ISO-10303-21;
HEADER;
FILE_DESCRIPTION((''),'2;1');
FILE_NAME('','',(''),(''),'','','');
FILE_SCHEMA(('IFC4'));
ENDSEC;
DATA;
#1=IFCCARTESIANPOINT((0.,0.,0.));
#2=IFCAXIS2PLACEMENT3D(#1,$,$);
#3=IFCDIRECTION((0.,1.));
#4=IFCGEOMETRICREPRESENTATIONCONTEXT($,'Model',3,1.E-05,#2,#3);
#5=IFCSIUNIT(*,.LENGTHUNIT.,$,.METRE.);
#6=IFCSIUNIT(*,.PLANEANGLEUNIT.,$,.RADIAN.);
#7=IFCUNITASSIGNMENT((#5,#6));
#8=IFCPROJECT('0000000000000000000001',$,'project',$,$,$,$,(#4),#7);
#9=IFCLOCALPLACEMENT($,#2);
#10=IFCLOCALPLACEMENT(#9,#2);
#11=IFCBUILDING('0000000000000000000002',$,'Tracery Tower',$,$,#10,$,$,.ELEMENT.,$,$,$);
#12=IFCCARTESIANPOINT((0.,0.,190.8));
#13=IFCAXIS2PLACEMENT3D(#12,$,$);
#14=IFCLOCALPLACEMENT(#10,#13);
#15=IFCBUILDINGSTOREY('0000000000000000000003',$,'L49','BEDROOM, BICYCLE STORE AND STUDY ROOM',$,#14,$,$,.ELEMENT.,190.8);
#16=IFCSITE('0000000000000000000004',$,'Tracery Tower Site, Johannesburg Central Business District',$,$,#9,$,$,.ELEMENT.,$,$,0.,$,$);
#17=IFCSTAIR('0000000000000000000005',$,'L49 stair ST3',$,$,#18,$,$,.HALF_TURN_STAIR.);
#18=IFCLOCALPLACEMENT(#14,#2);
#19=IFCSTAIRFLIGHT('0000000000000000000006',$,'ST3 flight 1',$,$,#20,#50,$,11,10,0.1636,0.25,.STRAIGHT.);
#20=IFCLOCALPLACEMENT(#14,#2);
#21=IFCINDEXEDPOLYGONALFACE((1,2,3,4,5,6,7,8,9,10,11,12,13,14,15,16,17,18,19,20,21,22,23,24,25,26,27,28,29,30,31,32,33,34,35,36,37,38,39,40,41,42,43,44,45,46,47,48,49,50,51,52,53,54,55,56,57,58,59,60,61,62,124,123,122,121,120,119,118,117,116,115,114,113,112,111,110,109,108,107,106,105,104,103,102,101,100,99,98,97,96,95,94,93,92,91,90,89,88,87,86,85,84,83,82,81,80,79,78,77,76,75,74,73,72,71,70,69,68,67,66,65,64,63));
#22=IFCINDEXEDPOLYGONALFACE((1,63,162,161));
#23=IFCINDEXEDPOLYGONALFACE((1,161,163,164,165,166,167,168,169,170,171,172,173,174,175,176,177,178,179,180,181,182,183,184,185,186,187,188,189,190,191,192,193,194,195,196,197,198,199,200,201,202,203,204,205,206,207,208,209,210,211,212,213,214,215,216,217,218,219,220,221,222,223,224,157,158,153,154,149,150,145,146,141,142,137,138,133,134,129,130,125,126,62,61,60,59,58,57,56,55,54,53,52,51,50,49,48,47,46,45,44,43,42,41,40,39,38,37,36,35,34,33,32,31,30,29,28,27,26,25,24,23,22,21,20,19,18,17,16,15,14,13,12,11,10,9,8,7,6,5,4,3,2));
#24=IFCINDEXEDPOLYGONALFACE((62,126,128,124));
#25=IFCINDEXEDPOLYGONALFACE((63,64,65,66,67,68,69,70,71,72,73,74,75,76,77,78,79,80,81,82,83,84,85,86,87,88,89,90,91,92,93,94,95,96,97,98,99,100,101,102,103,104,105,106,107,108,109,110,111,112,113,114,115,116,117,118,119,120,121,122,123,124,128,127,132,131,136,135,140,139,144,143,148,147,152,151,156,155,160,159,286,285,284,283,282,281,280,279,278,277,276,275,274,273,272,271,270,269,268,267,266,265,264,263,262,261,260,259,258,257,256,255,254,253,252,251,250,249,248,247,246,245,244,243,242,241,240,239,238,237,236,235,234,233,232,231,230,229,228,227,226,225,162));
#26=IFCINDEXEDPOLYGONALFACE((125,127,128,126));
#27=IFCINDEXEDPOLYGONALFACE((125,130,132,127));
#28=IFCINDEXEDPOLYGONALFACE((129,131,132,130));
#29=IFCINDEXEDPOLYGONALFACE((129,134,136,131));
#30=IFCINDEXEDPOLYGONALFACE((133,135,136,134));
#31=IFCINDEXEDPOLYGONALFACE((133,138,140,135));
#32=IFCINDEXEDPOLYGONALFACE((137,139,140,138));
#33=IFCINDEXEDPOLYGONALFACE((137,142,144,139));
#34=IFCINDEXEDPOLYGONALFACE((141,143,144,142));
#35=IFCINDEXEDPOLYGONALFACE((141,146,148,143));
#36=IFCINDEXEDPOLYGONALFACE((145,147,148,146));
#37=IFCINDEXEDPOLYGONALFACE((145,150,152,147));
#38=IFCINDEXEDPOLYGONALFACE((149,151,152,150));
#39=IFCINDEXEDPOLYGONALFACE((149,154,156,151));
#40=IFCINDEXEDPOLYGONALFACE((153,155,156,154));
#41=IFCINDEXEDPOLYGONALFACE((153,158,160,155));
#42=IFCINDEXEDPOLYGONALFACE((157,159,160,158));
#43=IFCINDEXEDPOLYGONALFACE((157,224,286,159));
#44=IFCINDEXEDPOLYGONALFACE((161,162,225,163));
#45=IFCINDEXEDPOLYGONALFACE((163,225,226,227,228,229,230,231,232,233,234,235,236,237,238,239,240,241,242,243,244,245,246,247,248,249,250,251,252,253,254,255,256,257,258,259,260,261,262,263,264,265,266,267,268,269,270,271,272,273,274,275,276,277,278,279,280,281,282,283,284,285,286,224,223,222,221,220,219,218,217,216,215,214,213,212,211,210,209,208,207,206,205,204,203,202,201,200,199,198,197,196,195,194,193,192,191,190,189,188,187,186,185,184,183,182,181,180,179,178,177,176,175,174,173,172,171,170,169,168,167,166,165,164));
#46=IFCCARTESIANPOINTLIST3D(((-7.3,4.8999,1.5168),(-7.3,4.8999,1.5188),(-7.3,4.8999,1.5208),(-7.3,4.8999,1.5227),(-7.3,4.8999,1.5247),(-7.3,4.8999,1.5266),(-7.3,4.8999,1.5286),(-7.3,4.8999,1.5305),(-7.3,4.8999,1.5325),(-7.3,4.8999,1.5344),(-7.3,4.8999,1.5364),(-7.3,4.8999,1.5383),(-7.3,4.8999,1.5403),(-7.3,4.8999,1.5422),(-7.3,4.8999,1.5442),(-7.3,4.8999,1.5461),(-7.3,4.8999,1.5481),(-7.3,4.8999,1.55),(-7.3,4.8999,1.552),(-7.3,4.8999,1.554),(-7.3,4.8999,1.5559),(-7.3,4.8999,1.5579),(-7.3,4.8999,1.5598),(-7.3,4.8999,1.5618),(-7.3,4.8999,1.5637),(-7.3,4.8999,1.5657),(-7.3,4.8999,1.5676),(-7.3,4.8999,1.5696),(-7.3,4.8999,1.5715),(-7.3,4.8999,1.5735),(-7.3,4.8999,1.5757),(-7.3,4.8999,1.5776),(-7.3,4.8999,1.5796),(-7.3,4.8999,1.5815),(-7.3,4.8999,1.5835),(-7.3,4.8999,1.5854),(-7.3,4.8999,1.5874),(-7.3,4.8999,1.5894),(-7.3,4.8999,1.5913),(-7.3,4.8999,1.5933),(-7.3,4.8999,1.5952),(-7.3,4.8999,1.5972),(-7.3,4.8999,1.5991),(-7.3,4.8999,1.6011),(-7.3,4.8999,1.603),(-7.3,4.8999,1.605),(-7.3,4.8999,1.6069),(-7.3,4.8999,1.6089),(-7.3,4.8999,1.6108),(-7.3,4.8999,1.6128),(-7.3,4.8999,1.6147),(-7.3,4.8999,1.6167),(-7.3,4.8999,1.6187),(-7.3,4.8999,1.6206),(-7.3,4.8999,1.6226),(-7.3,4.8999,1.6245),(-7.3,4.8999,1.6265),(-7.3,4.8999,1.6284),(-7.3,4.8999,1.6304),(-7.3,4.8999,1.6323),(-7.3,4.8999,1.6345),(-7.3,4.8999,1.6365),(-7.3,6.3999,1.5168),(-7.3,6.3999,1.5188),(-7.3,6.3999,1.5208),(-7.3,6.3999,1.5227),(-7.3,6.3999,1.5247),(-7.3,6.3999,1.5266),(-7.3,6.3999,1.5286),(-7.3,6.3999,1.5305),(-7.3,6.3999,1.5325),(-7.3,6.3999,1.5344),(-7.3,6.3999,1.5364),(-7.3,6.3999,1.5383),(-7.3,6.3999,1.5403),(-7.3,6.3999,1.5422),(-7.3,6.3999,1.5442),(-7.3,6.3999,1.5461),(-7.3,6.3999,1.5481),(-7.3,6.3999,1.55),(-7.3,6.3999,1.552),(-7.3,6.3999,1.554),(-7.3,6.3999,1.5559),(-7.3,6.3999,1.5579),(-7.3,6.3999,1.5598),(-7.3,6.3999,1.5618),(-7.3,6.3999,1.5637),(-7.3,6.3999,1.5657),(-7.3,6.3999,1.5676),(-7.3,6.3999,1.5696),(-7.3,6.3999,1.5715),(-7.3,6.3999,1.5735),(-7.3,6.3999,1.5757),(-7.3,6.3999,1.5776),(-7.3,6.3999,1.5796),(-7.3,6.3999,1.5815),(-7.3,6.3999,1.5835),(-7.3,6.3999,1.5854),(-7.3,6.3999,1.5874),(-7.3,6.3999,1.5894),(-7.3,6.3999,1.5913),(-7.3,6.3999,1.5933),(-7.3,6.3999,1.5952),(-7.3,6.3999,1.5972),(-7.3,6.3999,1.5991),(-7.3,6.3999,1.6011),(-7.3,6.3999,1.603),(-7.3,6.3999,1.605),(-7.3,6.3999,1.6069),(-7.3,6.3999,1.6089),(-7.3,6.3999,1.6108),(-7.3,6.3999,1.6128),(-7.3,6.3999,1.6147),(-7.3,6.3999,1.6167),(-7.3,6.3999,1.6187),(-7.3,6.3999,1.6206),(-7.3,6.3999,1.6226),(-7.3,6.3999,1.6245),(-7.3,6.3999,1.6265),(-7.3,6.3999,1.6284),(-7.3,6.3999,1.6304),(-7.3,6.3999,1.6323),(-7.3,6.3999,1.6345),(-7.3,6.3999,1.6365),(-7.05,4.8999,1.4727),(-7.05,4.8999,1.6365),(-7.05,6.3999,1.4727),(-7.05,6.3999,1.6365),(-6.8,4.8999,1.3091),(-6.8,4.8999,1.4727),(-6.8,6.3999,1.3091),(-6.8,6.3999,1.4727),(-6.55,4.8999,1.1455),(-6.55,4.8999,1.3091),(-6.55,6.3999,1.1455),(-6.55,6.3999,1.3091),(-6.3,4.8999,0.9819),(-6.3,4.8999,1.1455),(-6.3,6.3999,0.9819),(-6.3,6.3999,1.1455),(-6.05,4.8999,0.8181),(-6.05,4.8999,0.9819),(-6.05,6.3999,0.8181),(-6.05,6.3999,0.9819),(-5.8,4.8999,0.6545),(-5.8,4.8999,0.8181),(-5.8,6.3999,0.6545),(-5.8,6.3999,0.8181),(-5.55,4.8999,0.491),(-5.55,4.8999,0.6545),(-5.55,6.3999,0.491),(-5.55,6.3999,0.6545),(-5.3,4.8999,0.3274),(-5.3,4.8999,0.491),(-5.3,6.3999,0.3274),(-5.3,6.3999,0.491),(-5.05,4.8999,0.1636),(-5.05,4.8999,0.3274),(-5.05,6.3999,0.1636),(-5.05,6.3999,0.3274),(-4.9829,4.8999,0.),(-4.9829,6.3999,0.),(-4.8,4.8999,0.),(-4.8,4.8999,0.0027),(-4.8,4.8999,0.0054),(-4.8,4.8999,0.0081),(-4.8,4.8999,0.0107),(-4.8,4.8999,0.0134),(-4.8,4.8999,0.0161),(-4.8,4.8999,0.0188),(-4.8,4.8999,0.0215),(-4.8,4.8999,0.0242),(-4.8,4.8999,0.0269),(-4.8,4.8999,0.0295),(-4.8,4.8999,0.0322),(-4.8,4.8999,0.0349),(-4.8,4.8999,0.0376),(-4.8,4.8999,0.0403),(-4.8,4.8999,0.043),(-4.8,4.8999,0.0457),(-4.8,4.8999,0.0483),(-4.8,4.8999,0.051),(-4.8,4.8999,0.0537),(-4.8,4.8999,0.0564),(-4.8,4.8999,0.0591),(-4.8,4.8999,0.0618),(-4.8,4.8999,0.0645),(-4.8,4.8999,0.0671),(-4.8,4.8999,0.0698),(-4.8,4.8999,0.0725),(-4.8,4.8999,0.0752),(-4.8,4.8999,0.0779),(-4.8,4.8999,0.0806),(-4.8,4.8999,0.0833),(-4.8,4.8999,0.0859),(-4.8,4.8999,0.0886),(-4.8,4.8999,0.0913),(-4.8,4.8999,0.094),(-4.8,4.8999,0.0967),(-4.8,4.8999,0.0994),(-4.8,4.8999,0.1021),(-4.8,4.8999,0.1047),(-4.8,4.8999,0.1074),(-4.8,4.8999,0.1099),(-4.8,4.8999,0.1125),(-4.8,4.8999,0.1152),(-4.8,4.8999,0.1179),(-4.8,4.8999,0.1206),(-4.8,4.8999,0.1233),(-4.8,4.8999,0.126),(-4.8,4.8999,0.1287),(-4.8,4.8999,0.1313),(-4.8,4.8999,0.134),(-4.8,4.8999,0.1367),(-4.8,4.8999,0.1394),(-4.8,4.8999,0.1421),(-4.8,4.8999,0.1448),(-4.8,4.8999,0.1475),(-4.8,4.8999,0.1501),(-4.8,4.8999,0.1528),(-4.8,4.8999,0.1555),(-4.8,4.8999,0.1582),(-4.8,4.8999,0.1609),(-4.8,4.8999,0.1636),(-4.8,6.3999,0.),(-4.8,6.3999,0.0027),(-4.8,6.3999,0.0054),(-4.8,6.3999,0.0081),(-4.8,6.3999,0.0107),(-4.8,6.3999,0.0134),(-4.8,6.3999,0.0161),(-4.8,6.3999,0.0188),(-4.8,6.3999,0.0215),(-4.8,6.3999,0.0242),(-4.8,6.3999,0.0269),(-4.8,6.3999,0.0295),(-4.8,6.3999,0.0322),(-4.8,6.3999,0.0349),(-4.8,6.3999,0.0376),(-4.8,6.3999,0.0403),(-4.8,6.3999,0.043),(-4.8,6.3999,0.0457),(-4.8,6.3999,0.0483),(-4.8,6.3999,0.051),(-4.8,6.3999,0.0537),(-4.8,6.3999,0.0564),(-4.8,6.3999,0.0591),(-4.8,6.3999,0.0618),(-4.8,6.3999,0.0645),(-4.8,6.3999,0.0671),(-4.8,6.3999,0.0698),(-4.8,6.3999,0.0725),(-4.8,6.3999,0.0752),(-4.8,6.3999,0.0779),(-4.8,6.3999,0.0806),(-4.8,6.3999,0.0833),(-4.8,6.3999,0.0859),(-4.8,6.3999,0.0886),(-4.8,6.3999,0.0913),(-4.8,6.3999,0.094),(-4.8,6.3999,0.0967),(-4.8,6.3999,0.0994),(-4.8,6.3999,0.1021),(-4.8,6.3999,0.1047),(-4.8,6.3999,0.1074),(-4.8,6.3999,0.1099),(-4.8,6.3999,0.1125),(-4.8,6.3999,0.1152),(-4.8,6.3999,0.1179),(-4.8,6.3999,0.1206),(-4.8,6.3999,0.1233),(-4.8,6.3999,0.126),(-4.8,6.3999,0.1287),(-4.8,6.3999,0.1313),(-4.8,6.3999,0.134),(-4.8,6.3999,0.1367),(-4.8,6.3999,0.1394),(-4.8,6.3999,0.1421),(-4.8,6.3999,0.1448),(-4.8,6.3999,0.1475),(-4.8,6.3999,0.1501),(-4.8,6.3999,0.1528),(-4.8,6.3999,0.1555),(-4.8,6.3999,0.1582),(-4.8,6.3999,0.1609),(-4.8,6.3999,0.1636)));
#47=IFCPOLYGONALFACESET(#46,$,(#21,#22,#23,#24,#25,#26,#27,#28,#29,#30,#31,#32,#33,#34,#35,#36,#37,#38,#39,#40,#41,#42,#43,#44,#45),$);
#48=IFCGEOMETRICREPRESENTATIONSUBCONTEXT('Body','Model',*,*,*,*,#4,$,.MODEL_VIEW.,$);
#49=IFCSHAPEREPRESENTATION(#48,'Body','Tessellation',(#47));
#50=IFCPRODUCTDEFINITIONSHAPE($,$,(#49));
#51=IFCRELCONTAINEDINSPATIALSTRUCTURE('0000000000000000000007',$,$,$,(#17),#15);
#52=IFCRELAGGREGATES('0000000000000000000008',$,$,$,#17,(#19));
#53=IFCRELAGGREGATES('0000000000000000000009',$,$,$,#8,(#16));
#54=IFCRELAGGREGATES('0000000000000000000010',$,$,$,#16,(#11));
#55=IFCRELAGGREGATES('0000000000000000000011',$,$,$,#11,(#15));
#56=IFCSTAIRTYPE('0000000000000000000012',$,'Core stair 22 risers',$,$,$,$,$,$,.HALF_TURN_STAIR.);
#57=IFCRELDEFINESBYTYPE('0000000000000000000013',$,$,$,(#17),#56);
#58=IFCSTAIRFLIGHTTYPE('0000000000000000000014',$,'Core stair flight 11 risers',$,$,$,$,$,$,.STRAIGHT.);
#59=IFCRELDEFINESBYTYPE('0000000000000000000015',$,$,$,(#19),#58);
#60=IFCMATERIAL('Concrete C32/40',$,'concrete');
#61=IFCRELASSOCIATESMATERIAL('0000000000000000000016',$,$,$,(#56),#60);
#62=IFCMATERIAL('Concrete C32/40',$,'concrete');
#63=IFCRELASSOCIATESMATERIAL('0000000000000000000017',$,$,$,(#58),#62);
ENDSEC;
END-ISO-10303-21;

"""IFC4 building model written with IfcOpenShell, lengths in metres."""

from ifc_helpers import new_model, si_unit, direction, frame, origin, place, context, subcontext, project, spatial, polyline, outline, extrude, material, type_object, element, aggregate, save


model = new_model("IFC4")

# Units and contexts
model_context = context("Model", 3, precision=1e-05, world=origin(), true_north=direction((0.0, 1.0)))
body_context = subcontext(model_context, "Body", "Model", "MODEL_VIEW")
ifc_project = project(units=[si_unit("LENGTHUNIT", "METRE"), si_unit("PLANEANGLEUNIT", "RADIAN")], contexts=[model_context])

# Site, building, storey
site_placement = place(None, origin())
site = spatial("IfcSite", under=ifc_project, at=site_placement, Name="Tracery Tower Site, Johannesburg Central Business District", CompositionType="ELEMENT", RefElevation=0.0)
building_placement = place(site_placement, origin())
building = spatial("IfcBuilding", under=site, at=building_placement, Name="Tracery Tower", CompositionType="ELEMENT")
storey_placement = place(building_placement, frame((0.0, 0.0, 190.8)))
storey = spatial("IfcBuildingStorey", under=building, at=storey_placement, Name="L49", Description="BEDROOM, BICYCLE STORE AND STUDY ROOM", CompositionType="ELEMENT", Elevation=190.8)

# Stair, stair flight
ifc_material_1 = material(Name="Concrete C32/40", Category="concrete")
stair_type = type_object("IfcStairType", Name="Core stair 22 risers", PredefinedType="HALF_TURN_STAIR", material=ifc_material_1)
stair_placement = place(storey_placement, origin())
stair = element("IfcStair", 1, at=stair_placement, inside=storey, type_object=stair_type, Name="L49 stair ST3", PredefinedType="HALF_TURN_STAIR")
ifc_material_2 = material(Name="Concrete C32/40", Category="concrete")
stair_flight_type = type_object("IfcStairFlightType", Name="Core stair flight 11 risers", PredefinedType="STRAIGHT", material=ifc_material_2)
stair_flight_1_placement = place(storey_placement, frame((-4.8, 5.6499, 0.0), z_axis=(0.0, 0.0, 1.0), x_axis=(-1.0, 0.0, 0.0)))
stair_flight_1 = element("IfcStairFlight", 2, at=stair_flight_1_placement, type_object=stair_flight_type, Name="ST3 flight 1", NumberOfRisers=11, NumberOfTreads=10, PredefinedType="STRAIGHT", RiserHeight=0.1636, TreadLength=0.25, context=body_context, shape_type="SweptSolid", body=[
    extrude(outline(polyline([(0.0, 0.0), (0.0, 0.0027), (0.0, 0.0054), (0.0, 0.0081), (0.0, 0.0107), (0.0, 0.0134), (0.0, 0.0161), (0.0, 0.0188), (0.0, 0.0215), (0.0, 0.0242), (0.0, 0.0269), (0.0, 0.0295), (0.0, 0.0322), (0.0, 0.0349), (0.0, 0.0376), (0.0, 0.0403), (0.0, 0.043), (0.0, 0.0457), (0.0, 0.0483), (0.0, 0.051), (0.0, 0.0537), (0.0, 0.0564), (0.0, 0.0591), (0.0, 0.0618), (0.0, 0.0645), (0.0, 0.0671), (0.0, 0.0698), (0.0, 0.0725), (0.0, 0.0752), (0.0, 0.0779), (0.0, 0.0806), (0.0, 0.0833), (0.0, 0.0859), (0.0, 0.0886), (0.0, 0.0913), (0.0, 0.094), (0.0, 0.0967), (0.0, 0.0994), (0.0, 0.1021), (0.0, 0.1047), (0.0, 0.1074), (0.0, 0.1099), (0.0, 0.1125), (0.0, 0.1152), (0.0, 0.1179), (0.0, 0.1206), (0.0, 0.1233), (0.0, 0.126), (0.0, 0.1287), (0.0, 0.1313), (0.0, 0.134), (0.0, 0.1367), (0.0, 0.1394), (0.0, 0.1421), (0.0, 0.1448), (0.0, 0.1475), (0.0, 0.1501), (0.0, 0.1528), (0.0, 0.1555), (0.0, 0.1582), (0.0, 0.1609), (0.0, 0.1636), (0.25, 0.1636), (0.25, 0.3274), (0.5, 0.3274), (0.5, 0.491), (0.75, 0.491), (0.75, 0.6545), (1.0, 0.6545), (1.0, 0.8181), (1.25, 0.8181), (1.25, 0.9819), (1.5, 0.9819), (1.5, 1.1455), (1.75, 1.1455), (1.75, 1.3091), (2.0, 1.3091), (2.0, 1.4727), (2.25, 1.4727), (2.25, 1.6365), (2.5, 1.6365), (2.5, 1.6345), (2.5, 1.6323), (2.5, 1.6304), (2.5, 1.6284), (2.5, 1.6265), (2.5, 1.6245), (2.5, 1.6226), (2.5, 1.6206), (2.5, 1.6187), (2.5, 1.6167), (2.5, 1.6147), (2.5, 1.6128), (2.5, 1.6108), (2.5, 1.6089), (2.5, 1.6069), (2.5, 1.605), (2.5, 1.603), (2.5, 1.6011), (2.5, 1.5991), (2.5, 1.5972), (2.5, 1.5952), (2.5, 1.5933), (2.5, 1.5913), (2.5, 1.5894), (2.5, 1.5874), (2.5, 1.5854), (2.5, 1.5835), (2.5, 1.5815), (2.5, 1.5796), (2.5, 1.5776), (2.5, 1.5757), (2.5, 1.5735), (2.5, 1.5715), (2.5, 1.5696), (2.5, 1.5676), (2.5, 1.5657), (2.5, 1.5637), (2.5, 1.5618), (2.5, 1.5598), (2.5, 1.5579), (2.5, 1.5559), (2.5, 1.554), (2.5, 1.552), (2.5, 1.55), (2.5, 1.5481), (2.5, 1.5461), (2.5, 1.5442), (2.5, 1.5422), (2.5, 1.5403), (2.5, 1.5383), (2.5, 1.5364), (2.5, 1.5344), (2.5, 1.5325), (2.5, 1.5305), (2.5, 1.5286), (2.5, 1.5266), (2.5, 1.5247), (2.5, 1.5227), (2.5, 1.5208), (2.5, 1.5188), (2.5, 1.5168), (0.1829, 0.0), (0.0, 0.0)])), frame((0.0, 0.75, 0.0), z_axis=(0.0, -1.0, 0.0), x_axis=(1.0, 0.0, 0.0)), (0.0, 0.0, 1.0), 1.5),
])
aggregate(stair, [stair_flight_1])

save(model, "model.ifc")
